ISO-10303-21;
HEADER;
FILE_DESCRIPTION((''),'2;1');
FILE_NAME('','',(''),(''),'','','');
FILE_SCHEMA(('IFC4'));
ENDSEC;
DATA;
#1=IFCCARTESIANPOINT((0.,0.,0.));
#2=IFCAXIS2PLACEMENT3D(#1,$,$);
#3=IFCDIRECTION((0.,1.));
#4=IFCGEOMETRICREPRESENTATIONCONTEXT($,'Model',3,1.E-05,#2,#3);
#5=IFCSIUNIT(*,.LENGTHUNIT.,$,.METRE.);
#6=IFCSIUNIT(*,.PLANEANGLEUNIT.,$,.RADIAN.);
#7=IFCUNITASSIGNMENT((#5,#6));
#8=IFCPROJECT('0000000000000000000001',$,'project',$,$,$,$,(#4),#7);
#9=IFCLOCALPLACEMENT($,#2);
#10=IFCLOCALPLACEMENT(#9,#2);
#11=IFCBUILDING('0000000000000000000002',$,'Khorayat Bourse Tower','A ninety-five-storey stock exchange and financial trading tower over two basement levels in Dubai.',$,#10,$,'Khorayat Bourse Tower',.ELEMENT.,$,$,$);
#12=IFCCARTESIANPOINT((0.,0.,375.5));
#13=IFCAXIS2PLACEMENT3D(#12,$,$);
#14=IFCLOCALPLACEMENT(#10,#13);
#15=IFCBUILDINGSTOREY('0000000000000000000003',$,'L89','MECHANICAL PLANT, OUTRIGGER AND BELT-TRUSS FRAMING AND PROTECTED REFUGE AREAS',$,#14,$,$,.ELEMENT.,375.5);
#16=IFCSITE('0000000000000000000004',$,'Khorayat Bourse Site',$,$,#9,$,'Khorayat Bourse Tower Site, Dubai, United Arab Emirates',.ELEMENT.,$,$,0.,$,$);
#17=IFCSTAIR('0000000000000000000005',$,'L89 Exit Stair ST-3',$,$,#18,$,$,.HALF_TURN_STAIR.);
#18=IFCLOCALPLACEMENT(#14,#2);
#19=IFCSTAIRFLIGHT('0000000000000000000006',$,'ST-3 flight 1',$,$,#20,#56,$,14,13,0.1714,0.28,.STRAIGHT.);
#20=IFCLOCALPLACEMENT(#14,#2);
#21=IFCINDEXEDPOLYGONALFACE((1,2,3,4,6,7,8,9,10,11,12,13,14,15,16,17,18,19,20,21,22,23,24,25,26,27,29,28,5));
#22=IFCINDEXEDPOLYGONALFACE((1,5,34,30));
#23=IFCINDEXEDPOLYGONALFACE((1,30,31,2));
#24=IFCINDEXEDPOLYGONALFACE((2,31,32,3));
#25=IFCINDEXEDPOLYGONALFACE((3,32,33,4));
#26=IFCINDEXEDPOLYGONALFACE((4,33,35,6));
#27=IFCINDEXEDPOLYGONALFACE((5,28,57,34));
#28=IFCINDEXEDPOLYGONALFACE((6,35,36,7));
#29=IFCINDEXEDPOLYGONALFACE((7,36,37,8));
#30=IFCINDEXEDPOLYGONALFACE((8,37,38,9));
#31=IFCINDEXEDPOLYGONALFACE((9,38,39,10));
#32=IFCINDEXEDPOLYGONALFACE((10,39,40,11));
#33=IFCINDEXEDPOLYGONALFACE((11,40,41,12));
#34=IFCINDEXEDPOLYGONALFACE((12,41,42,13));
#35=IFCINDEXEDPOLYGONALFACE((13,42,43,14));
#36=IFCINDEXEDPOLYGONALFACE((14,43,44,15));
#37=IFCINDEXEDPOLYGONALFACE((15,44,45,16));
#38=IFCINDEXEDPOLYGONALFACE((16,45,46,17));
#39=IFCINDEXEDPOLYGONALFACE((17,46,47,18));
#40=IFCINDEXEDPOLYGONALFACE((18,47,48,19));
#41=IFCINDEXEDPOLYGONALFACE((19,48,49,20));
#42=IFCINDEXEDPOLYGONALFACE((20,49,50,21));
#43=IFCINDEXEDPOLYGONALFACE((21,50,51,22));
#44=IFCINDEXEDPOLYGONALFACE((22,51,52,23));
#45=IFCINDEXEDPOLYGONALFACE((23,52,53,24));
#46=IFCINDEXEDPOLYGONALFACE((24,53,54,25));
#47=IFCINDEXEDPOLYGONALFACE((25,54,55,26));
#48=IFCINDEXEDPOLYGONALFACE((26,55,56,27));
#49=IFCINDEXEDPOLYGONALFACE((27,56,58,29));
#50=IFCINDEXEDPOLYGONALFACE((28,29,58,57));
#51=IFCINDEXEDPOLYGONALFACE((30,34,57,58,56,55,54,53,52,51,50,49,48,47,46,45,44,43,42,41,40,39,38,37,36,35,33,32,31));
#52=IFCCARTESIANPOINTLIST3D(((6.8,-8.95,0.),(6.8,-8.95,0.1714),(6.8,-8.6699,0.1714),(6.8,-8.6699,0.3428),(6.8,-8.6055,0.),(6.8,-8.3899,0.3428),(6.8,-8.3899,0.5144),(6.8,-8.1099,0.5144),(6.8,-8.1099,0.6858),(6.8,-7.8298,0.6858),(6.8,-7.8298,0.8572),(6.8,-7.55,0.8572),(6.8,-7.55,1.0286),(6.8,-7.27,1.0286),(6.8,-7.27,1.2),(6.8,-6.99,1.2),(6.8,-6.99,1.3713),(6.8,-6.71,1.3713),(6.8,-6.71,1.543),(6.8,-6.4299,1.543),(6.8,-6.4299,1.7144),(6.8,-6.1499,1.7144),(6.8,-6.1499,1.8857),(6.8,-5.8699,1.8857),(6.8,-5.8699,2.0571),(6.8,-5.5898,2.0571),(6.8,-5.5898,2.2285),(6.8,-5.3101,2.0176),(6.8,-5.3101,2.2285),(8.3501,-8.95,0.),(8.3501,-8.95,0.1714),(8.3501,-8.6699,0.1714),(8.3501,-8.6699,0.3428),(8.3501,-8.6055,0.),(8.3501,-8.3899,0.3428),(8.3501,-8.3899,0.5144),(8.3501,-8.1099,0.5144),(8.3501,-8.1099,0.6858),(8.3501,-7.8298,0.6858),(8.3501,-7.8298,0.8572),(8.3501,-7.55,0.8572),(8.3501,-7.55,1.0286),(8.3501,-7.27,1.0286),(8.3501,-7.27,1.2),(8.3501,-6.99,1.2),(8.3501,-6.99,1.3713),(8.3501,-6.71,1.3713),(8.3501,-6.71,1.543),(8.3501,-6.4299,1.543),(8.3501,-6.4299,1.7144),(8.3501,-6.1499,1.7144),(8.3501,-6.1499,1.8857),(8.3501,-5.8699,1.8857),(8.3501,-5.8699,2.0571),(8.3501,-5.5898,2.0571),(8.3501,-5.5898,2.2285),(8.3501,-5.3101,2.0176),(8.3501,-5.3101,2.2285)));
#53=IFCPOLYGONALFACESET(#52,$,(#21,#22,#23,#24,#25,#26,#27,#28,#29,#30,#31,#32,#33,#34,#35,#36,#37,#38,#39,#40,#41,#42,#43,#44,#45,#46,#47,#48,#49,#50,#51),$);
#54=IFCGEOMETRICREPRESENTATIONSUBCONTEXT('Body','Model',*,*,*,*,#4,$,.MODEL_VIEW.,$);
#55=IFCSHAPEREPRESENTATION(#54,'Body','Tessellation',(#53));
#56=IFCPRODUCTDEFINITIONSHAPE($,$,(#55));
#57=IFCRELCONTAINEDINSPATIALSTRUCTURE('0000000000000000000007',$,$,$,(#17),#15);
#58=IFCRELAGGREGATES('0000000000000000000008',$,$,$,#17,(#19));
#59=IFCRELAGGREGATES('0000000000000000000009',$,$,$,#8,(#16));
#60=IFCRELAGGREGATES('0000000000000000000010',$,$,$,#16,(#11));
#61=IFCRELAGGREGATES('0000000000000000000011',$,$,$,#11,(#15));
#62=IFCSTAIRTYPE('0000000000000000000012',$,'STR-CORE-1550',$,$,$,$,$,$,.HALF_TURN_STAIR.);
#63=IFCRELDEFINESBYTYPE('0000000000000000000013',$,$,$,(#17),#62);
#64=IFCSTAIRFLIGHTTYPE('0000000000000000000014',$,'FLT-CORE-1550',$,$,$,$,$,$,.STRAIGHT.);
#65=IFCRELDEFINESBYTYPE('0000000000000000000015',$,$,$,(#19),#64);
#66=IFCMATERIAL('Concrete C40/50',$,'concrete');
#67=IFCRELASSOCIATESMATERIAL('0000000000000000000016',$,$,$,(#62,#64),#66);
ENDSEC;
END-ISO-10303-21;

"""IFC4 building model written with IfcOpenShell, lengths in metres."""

from ifc_helpers import new_model, si_unit, direction, frame, origin, place, context, subcontext, project, spatial, polyline, outline, extrude, source, transform, mapped, material, type_object, element, aggregate, save


model = new_model("IFC4")

# Units and contexts
model_context = context("Model", 3, precision=1e-05, world=origin(), true_north=direction((0.0, 1.0)))
body_context = subcontext(model_context, "Body", "Model", "MODEL_VIEW")
ifc_project = project(units=[si_unit("LENGTHUNIT", "METRE"), si_unit("PLANEANGLEUNIT", "RADIAN")], contexts=[model_context])

# Site, building, storey
site_placement = place(None, origin())
site = spatial("IfcSite", under=ifc_project, at=site_placement, Name="Khorayat Bourse Site", LongName="Khorayat Bourse Tower Site, Dubai, United Arab Emirates", CompositionType="ELEMENT", RefElevation=0.0)
building_placement = place(site_placement, origin())
building = spatial("IfcBuilding", under=site, at=building_placement, Name="Khorayat Bourse Tower", Description="A ninety-five-storey stock exchange and financial trading tower over two basement levels in Dubai.", LongName="Khorayat Bourse Tower", CompositionType="ELEMENT")
storey_placement = place(building_placement, frame((0.0, 0.0, 375.5)))
storey = spatial("IfcBuildingStorey", under=building, at=storey_placement, Name="L89", Description="MECHANICAL PLANT, OUTRIGGER AND BELT-TRUSS FRAMING AND PROTECTED REFUGE AREAS", CompositionType="ELEMENT", Elevation=375.5)

# Stair, stair flight
ifc_material_1 = material(Name="Concrete C40/50", Category="concrete")
stair_type = type_object("IfcStairType", Name="STR-CORE-1550", PredefinedType="HALF_TURN_STAIR", material=ifc_material_1)
stair_placement = place(storey_placement, origin())
stair = element("IfcStair", 1, at=stair_placement, inside=storey, type_object=stair_type, Name="L89 Exit Stair ST-3", PredefinedType="HALF_TURN_STAIR")
stair_flight_type = type_object("IfcStairFlightType", Name="FLT-CORE-1550", PredefinedType="STRAIGHT", material=ifc_material_1)
shared_shape_1 = source(origin(), body_context, "Body", "SweptSolid", [
    extrude(outline(polyline([(0.0, 0.0), (0.0, 0.1714), (0.28, 0.1714), (0.28, 0.3428), (0.5601, 0.3428), (0.5601, 0.5144), (0.8401, 0.5144), (0.8401, 0.6858), (1.1201, 0.6858), (1.1201, 0.8572), (1.3999, 0.8572), (1.3999, 1.0286), (1.6799, 1.0286), (1.6799, 1.2), (1.96, 1.2), (1.96, 1.3713), (2.24, 1.3713), (2.24, 1.543), (2.52, 1.543), (2.52, 1.7144), (2.8, 1.7144), (2.8, 1.8857), (3.0801, 1.8857), (3.0801, 2.0571), (3.3601, 2.0571), (3.3601, 2.2285), (3.6399, 2.2285), (3.6399, 2.3999), (3.6399, 2.0176), (0.3445, 0.0), (0.0, 0.0)])), frame((0.0, 0.7749, 0.0), z_axis=(0.0, -1.0, 0.0), x_axis=(1.0, 0.0, 0.0)), (0.0, 0.0, 1.0), 1.55),
])
stair_flight_placement = place(storey_placement, frame((7.575, -8.95, 0.0), z_axis=(0.0, 0.0, 1.0), x_axis=(0.0, 1.0, 0.0)))
stair_flight = element("IfcStairFlight", 2, at=stair_flight_placement, type_object=stair_flight_type, Name="ST-3 flight 1", NumberOfRisers=14, NumberOfTreads=13, PredefinedType="STRAIGHT", RiserHeight=0.1714, TreadLength=0.28, context=body_context, shape_type="MappedRepresentation", body=[
    mapped(shared_shape_1, transform((0.0, 0.0, 0.0), scale=1.0)),
])
aggregate(stair, [stair_flight])

save(model, "model.ifc")
